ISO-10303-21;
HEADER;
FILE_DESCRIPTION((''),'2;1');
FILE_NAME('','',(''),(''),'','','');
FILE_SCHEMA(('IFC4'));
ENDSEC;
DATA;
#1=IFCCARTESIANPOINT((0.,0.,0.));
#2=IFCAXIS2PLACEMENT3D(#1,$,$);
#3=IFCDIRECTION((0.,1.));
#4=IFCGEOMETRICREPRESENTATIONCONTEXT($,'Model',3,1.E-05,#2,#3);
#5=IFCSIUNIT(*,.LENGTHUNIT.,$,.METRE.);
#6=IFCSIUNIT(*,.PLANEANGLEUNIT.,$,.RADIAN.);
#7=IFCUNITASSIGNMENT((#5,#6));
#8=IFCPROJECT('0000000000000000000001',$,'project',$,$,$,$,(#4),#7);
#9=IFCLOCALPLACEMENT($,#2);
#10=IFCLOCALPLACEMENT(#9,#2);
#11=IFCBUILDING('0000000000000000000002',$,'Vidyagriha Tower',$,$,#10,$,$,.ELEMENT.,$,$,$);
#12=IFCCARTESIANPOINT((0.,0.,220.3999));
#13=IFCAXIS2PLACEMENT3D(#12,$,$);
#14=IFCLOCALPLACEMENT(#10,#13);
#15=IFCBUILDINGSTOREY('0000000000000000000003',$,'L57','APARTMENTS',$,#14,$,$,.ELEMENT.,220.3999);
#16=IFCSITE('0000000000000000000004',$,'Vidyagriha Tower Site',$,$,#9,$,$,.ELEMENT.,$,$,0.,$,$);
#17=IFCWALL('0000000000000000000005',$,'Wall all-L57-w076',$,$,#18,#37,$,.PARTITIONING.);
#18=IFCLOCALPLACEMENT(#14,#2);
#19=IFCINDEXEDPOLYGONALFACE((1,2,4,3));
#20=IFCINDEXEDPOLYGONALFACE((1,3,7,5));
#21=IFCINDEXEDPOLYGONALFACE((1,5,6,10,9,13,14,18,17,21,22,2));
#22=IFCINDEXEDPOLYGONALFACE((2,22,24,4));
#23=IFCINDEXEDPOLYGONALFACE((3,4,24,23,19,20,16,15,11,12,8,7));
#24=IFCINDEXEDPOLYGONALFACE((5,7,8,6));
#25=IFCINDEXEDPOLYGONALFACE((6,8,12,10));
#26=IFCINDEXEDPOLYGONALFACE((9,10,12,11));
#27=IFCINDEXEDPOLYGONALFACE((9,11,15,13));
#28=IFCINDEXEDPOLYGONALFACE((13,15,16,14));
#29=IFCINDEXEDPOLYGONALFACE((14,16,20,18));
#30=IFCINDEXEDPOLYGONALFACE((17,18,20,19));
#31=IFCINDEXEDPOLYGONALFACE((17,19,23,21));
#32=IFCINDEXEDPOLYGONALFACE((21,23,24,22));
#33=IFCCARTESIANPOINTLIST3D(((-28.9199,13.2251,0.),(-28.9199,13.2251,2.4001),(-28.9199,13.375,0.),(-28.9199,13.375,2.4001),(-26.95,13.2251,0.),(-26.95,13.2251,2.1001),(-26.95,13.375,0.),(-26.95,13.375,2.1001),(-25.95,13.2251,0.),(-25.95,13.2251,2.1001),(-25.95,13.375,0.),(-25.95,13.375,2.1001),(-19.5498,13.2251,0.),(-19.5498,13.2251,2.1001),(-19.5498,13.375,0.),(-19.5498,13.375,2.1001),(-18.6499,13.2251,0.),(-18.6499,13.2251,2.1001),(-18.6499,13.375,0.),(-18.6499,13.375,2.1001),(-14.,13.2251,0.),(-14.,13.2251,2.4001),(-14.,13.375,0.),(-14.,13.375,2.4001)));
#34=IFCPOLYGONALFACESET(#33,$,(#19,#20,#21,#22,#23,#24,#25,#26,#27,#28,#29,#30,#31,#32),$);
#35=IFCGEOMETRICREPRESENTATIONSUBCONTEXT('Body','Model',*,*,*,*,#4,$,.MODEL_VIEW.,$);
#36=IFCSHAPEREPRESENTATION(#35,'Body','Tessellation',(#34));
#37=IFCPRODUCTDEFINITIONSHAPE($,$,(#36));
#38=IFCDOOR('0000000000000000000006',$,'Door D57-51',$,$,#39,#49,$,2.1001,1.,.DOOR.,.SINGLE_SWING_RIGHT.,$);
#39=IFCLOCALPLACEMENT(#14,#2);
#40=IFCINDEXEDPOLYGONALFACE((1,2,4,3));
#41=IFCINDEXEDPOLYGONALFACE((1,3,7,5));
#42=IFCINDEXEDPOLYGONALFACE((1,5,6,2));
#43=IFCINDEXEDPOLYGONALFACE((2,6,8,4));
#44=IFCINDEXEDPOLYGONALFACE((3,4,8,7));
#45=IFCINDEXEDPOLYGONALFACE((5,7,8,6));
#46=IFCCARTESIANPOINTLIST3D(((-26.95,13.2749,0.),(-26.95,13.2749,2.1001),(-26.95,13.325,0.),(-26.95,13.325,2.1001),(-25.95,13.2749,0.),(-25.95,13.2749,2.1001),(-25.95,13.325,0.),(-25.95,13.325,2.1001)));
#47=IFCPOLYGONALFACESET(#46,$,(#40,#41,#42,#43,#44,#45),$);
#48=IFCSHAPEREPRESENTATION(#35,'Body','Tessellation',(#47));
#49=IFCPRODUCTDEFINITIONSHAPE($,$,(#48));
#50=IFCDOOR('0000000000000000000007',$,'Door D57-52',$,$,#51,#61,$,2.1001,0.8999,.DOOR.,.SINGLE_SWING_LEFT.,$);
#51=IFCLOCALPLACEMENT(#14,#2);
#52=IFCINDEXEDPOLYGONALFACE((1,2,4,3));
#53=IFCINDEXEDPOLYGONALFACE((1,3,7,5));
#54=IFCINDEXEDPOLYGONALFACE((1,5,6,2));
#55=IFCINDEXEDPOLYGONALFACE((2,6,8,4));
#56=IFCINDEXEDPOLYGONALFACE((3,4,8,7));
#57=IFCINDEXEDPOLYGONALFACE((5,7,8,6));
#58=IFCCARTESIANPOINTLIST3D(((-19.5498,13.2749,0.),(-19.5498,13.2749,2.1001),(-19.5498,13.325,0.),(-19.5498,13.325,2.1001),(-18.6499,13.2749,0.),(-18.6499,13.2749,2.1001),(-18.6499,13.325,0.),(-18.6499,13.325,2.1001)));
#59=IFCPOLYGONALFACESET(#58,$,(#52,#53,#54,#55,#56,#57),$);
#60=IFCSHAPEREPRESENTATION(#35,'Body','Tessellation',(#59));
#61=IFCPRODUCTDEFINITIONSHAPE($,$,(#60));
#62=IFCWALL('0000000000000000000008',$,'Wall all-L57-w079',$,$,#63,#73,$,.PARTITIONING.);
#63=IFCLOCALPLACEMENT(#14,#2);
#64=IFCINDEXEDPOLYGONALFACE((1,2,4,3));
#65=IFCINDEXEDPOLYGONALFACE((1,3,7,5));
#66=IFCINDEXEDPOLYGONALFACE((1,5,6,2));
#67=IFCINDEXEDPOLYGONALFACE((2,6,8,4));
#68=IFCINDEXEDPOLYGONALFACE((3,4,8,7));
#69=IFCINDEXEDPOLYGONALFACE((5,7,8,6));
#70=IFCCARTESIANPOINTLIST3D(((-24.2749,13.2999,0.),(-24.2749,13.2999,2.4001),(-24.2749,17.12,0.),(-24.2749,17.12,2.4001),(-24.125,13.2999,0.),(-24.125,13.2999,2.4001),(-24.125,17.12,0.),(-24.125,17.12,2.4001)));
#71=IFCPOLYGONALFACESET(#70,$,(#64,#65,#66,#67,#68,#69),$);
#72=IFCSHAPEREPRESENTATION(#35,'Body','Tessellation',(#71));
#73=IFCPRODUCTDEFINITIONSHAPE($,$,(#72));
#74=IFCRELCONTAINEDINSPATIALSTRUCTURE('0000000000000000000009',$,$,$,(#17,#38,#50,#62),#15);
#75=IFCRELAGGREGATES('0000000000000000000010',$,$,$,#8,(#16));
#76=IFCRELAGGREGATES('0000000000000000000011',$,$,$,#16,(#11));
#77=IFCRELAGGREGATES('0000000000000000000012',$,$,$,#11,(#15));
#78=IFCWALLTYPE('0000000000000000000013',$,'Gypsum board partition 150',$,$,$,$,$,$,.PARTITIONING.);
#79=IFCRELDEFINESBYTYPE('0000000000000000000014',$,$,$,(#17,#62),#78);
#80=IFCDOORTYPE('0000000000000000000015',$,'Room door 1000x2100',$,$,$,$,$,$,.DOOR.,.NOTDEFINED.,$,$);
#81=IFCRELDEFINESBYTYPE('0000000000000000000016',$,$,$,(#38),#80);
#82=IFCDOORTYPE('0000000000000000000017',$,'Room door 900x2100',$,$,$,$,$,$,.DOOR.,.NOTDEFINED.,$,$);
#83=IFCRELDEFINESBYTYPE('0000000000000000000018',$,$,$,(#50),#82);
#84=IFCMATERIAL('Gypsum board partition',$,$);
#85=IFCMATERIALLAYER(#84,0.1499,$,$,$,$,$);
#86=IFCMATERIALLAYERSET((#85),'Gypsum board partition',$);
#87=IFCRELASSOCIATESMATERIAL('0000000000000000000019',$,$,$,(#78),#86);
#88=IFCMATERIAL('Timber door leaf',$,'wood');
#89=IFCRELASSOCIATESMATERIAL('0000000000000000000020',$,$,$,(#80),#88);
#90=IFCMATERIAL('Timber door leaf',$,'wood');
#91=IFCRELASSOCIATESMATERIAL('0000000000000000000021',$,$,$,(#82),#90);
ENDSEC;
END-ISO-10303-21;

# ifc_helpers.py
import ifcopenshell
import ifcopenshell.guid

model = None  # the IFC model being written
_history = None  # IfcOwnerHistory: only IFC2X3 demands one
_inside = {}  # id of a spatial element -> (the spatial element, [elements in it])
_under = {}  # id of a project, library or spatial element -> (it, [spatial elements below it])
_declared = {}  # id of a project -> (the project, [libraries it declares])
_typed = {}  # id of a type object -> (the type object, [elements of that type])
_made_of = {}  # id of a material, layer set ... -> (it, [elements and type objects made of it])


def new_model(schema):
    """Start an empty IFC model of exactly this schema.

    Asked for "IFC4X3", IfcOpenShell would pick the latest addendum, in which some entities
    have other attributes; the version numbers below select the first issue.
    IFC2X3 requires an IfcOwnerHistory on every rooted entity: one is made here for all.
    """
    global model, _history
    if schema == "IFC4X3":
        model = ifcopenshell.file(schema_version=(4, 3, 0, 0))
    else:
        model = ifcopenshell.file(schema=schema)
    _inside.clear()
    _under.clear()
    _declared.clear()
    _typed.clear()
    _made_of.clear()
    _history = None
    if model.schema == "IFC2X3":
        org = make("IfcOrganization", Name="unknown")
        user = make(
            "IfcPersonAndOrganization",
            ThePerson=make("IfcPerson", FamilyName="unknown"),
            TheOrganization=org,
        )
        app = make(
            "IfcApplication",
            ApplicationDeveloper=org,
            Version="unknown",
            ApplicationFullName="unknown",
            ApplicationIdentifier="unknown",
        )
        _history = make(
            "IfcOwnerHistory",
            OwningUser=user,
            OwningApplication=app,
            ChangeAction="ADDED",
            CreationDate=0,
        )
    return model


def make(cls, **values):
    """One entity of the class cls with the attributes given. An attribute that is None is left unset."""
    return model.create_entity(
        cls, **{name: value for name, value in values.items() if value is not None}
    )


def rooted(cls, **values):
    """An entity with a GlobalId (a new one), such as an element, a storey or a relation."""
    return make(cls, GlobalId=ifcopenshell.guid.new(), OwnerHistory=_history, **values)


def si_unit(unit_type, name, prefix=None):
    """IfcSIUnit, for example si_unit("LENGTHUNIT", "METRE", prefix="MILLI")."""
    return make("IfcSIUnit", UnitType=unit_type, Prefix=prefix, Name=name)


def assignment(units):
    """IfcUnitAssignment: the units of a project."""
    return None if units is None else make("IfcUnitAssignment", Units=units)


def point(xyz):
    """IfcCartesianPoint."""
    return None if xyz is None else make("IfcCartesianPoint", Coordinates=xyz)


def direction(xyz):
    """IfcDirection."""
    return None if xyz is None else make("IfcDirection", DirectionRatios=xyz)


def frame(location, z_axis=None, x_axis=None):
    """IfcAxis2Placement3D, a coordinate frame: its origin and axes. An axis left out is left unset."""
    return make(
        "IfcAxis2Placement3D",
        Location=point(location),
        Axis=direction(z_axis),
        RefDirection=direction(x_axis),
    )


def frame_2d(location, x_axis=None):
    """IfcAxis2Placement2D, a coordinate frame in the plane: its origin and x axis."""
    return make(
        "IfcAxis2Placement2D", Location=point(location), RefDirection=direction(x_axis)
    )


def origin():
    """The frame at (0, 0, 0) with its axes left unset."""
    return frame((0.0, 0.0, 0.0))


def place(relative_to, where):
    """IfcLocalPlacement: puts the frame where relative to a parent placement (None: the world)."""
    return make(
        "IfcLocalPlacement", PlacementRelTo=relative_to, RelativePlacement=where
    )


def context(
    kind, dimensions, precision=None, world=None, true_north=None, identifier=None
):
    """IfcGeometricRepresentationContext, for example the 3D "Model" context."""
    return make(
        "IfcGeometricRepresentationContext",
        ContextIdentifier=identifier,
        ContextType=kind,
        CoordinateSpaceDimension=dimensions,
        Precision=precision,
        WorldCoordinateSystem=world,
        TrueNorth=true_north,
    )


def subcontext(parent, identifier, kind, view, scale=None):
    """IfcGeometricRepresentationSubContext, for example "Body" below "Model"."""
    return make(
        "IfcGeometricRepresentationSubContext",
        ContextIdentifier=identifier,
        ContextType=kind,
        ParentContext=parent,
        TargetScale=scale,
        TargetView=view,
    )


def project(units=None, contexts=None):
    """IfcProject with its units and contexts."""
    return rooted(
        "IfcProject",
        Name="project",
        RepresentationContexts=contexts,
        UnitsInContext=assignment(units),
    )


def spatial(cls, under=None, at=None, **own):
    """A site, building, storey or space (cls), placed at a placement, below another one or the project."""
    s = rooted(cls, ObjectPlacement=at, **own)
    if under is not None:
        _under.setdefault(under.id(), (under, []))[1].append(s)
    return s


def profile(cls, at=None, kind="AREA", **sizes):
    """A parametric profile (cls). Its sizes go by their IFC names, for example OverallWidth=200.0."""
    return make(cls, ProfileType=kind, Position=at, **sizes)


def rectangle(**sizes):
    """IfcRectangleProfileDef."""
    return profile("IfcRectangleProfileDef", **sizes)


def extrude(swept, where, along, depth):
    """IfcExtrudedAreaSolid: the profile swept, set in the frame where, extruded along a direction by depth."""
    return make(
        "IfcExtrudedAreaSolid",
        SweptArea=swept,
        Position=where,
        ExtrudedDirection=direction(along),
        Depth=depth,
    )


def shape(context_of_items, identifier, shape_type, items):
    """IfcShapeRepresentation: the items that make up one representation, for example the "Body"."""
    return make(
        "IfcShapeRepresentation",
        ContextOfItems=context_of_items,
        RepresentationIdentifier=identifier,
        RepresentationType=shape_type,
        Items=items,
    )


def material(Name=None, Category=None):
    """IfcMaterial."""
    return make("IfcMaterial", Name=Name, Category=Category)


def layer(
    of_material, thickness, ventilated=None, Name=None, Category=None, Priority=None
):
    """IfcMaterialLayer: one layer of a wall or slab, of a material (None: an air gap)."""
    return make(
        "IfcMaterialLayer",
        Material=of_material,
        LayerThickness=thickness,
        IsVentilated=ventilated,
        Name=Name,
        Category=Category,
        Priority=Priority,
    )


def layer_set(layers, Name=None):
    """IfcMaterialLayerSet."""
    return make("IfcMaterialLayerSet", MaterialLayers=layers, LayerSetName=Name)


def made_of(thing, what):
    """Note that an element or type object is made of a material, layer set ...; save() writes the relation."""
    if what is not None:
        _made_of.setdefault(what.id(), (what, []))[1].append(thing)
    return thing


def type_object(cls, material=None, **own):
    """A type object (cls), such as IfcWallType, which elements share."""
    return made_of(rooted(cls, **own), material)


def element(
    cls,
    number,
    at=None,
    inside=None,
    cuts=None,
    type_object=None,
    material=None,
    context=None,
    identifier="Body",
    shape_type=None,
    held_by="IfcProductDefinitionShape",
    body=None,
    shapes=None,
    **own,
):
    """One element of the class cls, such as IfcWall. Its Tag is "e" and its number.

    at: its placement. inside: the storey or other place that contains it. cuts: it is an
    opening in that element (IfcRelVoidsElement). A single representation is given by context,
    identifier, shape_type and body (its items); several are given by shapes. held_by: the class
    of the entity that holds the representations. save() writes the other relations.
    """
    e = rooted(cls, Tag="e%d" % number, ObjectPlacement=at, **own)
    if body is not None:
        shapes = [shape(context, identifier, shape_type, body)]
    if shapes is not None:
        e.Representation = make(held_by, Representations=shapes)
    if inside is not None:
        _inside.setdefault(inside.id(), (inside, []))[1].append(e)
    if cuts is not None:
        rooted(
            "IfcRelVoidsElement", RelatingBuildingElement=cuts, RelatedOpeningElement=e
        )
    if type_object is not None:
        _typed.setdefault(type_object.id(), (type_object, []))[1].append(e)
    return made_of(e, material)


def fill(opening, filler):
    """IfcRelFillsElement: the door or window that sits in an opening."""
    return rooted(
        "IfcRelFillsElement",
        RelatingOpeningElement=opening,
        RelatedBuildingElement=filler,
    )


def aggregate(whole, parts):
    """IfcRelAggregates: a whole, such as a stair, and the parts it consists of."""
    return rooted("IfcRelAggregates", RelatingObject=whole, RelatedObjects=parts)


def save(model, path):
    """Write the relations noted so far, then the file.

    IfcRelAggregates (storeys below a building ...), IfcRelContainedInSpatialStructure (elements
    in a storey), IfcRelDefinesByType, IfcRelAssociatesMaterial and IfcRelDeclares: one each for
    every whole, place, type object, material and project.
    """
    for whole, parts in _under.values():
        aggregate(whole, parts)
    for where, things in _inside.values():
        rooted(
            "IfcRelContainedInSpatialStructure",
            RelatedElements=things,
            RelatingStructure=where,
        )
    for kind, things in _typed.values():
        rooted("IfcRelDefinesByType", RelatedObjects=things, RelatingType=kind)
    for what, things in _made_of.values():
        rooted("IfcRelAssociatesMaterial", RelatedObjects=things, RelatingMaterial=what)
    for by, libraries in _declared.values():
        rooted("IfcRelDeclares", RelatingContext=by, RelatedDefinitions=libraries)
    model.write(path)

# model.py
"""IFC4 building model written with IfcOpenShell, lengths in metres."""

from ifc_helpers import new_model, si_unit, direction, frame, frame_2d, origin, place, context, subcontext, project, spatial, rectangle, extrude, material, layer, layer_set, type_object, element, fill, save


model = new_model("IFC4")

# Units and contexts
model_context = context("Model", 3, precision=1e-05, world=origin(), true_north=direction((0.0, 1.0)))
body_context = subcontext(model_context, "Body", "Model", "MODEL_VIEW")
ifc_project = project(units=[si_unit("LENGTHUNIT", "METRE"), si_unit("PLANEANGLEUNIT", "RADIAN")], contexts=[model_context])

# Site, building, storey
site_placement = place(None, origin())
site = spatial("IfcSite", under=ifc_project, at=site_placement, Name="Vidyagriha Tower Site", CompositionType="ELEMENT", RefElevation=0.0)
building_placement = place(site_placement, origin())
building = spatial("IfcBuilding", under=site, at=building_placement, Name="Vidyagriha Tower", CompositionType="ELEMENT")
storey_placement = place(building_placement, frame((0.0, 0.0, 220.3999)))
storey = spatial("IfcBuildingStorey", under=building, at=storey_placement, Name="L57", Description="APARTMENTS", CompositionType="ELEMENT", Elevation=220.3999)

# Wall, openings, doors
ifc_material_1 = material(Name="Gypsum board partition")
ifc_layer_1 = layer(ifc_material_1, 0.1499)
ifc_layer_set_1 = layer_set([ifc_layer_1], Name="Gypsum board partition")
wall_type_1 = type_object("IfcWallType", Name="Gypsum board partition 150", PredefinedType="PARTITIONING", material=ifc_layer_set_1)
wall_1_placement = place(storey_placement, frame((-28.9199, 13.3, 0.0)))
wall_1 = element("IfcWall", 1, at=wall_1_placement, inside=storey, type_object=wall_type_1, Name="Wall all-L57-w076", PredefinedType="PARTITIONING", context=body_context, shape_type="SweptSolid", body=[
    extrude(rectangle(XDim=14.9199, YDim=0.1499, at=frame_2d((7.46, 0.0))), origin(), (0.0, 0.0, 1.0), 2.4001),
])
opening_1_placement = place(wall_1_placement, frame((1.97, 0.0, 0.0)))
opening_1 = element("IfcOpeningElement", 2, at=opening_1_placement, cuts=wall_1, PredefinedType="OPENING", context=body_context, shape_type="SweptSolid", body=[
    extrude(rectangle(XDim=1.0, YDim=2.1001, at=frame_2d((0.5, 1.05))), frame((0.0, 0.085, 0.0), z_axis=(0.0, -1.0, 0.0), x_axis=(1.0, 0.0, 0.0)), (0.0, 0.0, 1.0), 0.1699),
])
opening_2_placement = place(wall_1_placement, frame((9.3701, 0.0, 0.0)))
opening_2 = element("IfcOpeningElement", 3, at=opening_2_placement, cuts=wall_1, PredefinedType="OPENING", context=body_context, shape_type="SweptSolid", body=[
    extrude(rectangle(XDim=0.8999, YDim=2.1001, at=frame_2d((0.45, 1.05))), frame((0.0, 0.085, 0.0), z_axis=(0.0, -1.0, 0.0), x_axis=(1.0, 0.0, 0.0)), (0.0, 0.0, 1.0), 0.1699),
])
ifc_material_2 = material(Name="Timber door leaf", Category="wood")
door_type_1 = type_object("IfcDoorType", Name="Room door 1000x2100", OperationType="NOTDEFINED", PredefinedType="DOOR", material=ifc_material_2)
door_1_placement = place(opening_1_placement, origin())
door_1 = element("IfcDoor", 4, at=door_1_placement, inside=storey, type_object=door_type_1, Name="Door D57-51", OperationType="SINGLE_SWING_RIGHT", OverallHeight=2.1001, OverallWidth=1.0, PredefinedType="DOOR", context=body_context, shape_type="SweptSolid", body=[
    extrude(rectangle(XDim=1.0, YDim=2.1001, at=frame_2d((0.5, 1.05))), frame((0.0, 0.0249, 0.0), z_axis=(0.0, -1.0, 0.0), x_axis=(1.0, 0.0, 0.0)), (0.0, 0.0, 1.0), 0.05),
])
fill(opening_1, door_1)
ifc_material_3 = material(Name="Timber door leaf", Category="wood")
door_type_2 = type_object("IfcDoorType", Name="Room door 900x2100", OperationType="NOTDEFINED", PredefinedType="DOOR", material=ifc_material_3)
door_2_placement = place(opening_2_placement, origin())
door_2 = element("IfcDoor", 5, at=door_2_placement, inside=storey, type_object=door_type_2, Name="Door D57-52", OperationType="SINGLE_SWING_LEFT", OverallHeight=2.1001, OverallWidth=0.8999, PredefinedType="DOOR", context=body_context, shape_type="SweptSolid", body=[
    extrude(rectangle(XDim=0.8999, YDim=2.1001, at=frame_2d((0.45, 1.05))), frame((0.0, 0.0249, 0.0), z_axis=(0.0, -1.0, 0.0), x_axis=(1.0, 0.0, 0.0)), (0.0, 0.0, 1.0), 0.05),
])
fill(opening_2, door_2)

# Wall
wall_2_placement = place(storey_placement, frame((-24.2, 17.1201, 0.0), z_axis=(0.0, 0.0, 1.0), x_axis=(0.0, -1.0, 0.0)))
element("IfcWall", 6, at=wall_2_placement, inside=storey, type_object=wall_type_1, Name="Wall all-L57-w079", PredefinedType="PARTITIONING", context=body_context, shape_type="SweptSolid", body=[
    extrude(rectangle(XDim=3.8201, YDim=0.1499, at=frame_2d((1.9102, 0.0))), origin(), (0.0, 0.0, 1.0), 2.4001),
])

save(model, "model.ifc")
